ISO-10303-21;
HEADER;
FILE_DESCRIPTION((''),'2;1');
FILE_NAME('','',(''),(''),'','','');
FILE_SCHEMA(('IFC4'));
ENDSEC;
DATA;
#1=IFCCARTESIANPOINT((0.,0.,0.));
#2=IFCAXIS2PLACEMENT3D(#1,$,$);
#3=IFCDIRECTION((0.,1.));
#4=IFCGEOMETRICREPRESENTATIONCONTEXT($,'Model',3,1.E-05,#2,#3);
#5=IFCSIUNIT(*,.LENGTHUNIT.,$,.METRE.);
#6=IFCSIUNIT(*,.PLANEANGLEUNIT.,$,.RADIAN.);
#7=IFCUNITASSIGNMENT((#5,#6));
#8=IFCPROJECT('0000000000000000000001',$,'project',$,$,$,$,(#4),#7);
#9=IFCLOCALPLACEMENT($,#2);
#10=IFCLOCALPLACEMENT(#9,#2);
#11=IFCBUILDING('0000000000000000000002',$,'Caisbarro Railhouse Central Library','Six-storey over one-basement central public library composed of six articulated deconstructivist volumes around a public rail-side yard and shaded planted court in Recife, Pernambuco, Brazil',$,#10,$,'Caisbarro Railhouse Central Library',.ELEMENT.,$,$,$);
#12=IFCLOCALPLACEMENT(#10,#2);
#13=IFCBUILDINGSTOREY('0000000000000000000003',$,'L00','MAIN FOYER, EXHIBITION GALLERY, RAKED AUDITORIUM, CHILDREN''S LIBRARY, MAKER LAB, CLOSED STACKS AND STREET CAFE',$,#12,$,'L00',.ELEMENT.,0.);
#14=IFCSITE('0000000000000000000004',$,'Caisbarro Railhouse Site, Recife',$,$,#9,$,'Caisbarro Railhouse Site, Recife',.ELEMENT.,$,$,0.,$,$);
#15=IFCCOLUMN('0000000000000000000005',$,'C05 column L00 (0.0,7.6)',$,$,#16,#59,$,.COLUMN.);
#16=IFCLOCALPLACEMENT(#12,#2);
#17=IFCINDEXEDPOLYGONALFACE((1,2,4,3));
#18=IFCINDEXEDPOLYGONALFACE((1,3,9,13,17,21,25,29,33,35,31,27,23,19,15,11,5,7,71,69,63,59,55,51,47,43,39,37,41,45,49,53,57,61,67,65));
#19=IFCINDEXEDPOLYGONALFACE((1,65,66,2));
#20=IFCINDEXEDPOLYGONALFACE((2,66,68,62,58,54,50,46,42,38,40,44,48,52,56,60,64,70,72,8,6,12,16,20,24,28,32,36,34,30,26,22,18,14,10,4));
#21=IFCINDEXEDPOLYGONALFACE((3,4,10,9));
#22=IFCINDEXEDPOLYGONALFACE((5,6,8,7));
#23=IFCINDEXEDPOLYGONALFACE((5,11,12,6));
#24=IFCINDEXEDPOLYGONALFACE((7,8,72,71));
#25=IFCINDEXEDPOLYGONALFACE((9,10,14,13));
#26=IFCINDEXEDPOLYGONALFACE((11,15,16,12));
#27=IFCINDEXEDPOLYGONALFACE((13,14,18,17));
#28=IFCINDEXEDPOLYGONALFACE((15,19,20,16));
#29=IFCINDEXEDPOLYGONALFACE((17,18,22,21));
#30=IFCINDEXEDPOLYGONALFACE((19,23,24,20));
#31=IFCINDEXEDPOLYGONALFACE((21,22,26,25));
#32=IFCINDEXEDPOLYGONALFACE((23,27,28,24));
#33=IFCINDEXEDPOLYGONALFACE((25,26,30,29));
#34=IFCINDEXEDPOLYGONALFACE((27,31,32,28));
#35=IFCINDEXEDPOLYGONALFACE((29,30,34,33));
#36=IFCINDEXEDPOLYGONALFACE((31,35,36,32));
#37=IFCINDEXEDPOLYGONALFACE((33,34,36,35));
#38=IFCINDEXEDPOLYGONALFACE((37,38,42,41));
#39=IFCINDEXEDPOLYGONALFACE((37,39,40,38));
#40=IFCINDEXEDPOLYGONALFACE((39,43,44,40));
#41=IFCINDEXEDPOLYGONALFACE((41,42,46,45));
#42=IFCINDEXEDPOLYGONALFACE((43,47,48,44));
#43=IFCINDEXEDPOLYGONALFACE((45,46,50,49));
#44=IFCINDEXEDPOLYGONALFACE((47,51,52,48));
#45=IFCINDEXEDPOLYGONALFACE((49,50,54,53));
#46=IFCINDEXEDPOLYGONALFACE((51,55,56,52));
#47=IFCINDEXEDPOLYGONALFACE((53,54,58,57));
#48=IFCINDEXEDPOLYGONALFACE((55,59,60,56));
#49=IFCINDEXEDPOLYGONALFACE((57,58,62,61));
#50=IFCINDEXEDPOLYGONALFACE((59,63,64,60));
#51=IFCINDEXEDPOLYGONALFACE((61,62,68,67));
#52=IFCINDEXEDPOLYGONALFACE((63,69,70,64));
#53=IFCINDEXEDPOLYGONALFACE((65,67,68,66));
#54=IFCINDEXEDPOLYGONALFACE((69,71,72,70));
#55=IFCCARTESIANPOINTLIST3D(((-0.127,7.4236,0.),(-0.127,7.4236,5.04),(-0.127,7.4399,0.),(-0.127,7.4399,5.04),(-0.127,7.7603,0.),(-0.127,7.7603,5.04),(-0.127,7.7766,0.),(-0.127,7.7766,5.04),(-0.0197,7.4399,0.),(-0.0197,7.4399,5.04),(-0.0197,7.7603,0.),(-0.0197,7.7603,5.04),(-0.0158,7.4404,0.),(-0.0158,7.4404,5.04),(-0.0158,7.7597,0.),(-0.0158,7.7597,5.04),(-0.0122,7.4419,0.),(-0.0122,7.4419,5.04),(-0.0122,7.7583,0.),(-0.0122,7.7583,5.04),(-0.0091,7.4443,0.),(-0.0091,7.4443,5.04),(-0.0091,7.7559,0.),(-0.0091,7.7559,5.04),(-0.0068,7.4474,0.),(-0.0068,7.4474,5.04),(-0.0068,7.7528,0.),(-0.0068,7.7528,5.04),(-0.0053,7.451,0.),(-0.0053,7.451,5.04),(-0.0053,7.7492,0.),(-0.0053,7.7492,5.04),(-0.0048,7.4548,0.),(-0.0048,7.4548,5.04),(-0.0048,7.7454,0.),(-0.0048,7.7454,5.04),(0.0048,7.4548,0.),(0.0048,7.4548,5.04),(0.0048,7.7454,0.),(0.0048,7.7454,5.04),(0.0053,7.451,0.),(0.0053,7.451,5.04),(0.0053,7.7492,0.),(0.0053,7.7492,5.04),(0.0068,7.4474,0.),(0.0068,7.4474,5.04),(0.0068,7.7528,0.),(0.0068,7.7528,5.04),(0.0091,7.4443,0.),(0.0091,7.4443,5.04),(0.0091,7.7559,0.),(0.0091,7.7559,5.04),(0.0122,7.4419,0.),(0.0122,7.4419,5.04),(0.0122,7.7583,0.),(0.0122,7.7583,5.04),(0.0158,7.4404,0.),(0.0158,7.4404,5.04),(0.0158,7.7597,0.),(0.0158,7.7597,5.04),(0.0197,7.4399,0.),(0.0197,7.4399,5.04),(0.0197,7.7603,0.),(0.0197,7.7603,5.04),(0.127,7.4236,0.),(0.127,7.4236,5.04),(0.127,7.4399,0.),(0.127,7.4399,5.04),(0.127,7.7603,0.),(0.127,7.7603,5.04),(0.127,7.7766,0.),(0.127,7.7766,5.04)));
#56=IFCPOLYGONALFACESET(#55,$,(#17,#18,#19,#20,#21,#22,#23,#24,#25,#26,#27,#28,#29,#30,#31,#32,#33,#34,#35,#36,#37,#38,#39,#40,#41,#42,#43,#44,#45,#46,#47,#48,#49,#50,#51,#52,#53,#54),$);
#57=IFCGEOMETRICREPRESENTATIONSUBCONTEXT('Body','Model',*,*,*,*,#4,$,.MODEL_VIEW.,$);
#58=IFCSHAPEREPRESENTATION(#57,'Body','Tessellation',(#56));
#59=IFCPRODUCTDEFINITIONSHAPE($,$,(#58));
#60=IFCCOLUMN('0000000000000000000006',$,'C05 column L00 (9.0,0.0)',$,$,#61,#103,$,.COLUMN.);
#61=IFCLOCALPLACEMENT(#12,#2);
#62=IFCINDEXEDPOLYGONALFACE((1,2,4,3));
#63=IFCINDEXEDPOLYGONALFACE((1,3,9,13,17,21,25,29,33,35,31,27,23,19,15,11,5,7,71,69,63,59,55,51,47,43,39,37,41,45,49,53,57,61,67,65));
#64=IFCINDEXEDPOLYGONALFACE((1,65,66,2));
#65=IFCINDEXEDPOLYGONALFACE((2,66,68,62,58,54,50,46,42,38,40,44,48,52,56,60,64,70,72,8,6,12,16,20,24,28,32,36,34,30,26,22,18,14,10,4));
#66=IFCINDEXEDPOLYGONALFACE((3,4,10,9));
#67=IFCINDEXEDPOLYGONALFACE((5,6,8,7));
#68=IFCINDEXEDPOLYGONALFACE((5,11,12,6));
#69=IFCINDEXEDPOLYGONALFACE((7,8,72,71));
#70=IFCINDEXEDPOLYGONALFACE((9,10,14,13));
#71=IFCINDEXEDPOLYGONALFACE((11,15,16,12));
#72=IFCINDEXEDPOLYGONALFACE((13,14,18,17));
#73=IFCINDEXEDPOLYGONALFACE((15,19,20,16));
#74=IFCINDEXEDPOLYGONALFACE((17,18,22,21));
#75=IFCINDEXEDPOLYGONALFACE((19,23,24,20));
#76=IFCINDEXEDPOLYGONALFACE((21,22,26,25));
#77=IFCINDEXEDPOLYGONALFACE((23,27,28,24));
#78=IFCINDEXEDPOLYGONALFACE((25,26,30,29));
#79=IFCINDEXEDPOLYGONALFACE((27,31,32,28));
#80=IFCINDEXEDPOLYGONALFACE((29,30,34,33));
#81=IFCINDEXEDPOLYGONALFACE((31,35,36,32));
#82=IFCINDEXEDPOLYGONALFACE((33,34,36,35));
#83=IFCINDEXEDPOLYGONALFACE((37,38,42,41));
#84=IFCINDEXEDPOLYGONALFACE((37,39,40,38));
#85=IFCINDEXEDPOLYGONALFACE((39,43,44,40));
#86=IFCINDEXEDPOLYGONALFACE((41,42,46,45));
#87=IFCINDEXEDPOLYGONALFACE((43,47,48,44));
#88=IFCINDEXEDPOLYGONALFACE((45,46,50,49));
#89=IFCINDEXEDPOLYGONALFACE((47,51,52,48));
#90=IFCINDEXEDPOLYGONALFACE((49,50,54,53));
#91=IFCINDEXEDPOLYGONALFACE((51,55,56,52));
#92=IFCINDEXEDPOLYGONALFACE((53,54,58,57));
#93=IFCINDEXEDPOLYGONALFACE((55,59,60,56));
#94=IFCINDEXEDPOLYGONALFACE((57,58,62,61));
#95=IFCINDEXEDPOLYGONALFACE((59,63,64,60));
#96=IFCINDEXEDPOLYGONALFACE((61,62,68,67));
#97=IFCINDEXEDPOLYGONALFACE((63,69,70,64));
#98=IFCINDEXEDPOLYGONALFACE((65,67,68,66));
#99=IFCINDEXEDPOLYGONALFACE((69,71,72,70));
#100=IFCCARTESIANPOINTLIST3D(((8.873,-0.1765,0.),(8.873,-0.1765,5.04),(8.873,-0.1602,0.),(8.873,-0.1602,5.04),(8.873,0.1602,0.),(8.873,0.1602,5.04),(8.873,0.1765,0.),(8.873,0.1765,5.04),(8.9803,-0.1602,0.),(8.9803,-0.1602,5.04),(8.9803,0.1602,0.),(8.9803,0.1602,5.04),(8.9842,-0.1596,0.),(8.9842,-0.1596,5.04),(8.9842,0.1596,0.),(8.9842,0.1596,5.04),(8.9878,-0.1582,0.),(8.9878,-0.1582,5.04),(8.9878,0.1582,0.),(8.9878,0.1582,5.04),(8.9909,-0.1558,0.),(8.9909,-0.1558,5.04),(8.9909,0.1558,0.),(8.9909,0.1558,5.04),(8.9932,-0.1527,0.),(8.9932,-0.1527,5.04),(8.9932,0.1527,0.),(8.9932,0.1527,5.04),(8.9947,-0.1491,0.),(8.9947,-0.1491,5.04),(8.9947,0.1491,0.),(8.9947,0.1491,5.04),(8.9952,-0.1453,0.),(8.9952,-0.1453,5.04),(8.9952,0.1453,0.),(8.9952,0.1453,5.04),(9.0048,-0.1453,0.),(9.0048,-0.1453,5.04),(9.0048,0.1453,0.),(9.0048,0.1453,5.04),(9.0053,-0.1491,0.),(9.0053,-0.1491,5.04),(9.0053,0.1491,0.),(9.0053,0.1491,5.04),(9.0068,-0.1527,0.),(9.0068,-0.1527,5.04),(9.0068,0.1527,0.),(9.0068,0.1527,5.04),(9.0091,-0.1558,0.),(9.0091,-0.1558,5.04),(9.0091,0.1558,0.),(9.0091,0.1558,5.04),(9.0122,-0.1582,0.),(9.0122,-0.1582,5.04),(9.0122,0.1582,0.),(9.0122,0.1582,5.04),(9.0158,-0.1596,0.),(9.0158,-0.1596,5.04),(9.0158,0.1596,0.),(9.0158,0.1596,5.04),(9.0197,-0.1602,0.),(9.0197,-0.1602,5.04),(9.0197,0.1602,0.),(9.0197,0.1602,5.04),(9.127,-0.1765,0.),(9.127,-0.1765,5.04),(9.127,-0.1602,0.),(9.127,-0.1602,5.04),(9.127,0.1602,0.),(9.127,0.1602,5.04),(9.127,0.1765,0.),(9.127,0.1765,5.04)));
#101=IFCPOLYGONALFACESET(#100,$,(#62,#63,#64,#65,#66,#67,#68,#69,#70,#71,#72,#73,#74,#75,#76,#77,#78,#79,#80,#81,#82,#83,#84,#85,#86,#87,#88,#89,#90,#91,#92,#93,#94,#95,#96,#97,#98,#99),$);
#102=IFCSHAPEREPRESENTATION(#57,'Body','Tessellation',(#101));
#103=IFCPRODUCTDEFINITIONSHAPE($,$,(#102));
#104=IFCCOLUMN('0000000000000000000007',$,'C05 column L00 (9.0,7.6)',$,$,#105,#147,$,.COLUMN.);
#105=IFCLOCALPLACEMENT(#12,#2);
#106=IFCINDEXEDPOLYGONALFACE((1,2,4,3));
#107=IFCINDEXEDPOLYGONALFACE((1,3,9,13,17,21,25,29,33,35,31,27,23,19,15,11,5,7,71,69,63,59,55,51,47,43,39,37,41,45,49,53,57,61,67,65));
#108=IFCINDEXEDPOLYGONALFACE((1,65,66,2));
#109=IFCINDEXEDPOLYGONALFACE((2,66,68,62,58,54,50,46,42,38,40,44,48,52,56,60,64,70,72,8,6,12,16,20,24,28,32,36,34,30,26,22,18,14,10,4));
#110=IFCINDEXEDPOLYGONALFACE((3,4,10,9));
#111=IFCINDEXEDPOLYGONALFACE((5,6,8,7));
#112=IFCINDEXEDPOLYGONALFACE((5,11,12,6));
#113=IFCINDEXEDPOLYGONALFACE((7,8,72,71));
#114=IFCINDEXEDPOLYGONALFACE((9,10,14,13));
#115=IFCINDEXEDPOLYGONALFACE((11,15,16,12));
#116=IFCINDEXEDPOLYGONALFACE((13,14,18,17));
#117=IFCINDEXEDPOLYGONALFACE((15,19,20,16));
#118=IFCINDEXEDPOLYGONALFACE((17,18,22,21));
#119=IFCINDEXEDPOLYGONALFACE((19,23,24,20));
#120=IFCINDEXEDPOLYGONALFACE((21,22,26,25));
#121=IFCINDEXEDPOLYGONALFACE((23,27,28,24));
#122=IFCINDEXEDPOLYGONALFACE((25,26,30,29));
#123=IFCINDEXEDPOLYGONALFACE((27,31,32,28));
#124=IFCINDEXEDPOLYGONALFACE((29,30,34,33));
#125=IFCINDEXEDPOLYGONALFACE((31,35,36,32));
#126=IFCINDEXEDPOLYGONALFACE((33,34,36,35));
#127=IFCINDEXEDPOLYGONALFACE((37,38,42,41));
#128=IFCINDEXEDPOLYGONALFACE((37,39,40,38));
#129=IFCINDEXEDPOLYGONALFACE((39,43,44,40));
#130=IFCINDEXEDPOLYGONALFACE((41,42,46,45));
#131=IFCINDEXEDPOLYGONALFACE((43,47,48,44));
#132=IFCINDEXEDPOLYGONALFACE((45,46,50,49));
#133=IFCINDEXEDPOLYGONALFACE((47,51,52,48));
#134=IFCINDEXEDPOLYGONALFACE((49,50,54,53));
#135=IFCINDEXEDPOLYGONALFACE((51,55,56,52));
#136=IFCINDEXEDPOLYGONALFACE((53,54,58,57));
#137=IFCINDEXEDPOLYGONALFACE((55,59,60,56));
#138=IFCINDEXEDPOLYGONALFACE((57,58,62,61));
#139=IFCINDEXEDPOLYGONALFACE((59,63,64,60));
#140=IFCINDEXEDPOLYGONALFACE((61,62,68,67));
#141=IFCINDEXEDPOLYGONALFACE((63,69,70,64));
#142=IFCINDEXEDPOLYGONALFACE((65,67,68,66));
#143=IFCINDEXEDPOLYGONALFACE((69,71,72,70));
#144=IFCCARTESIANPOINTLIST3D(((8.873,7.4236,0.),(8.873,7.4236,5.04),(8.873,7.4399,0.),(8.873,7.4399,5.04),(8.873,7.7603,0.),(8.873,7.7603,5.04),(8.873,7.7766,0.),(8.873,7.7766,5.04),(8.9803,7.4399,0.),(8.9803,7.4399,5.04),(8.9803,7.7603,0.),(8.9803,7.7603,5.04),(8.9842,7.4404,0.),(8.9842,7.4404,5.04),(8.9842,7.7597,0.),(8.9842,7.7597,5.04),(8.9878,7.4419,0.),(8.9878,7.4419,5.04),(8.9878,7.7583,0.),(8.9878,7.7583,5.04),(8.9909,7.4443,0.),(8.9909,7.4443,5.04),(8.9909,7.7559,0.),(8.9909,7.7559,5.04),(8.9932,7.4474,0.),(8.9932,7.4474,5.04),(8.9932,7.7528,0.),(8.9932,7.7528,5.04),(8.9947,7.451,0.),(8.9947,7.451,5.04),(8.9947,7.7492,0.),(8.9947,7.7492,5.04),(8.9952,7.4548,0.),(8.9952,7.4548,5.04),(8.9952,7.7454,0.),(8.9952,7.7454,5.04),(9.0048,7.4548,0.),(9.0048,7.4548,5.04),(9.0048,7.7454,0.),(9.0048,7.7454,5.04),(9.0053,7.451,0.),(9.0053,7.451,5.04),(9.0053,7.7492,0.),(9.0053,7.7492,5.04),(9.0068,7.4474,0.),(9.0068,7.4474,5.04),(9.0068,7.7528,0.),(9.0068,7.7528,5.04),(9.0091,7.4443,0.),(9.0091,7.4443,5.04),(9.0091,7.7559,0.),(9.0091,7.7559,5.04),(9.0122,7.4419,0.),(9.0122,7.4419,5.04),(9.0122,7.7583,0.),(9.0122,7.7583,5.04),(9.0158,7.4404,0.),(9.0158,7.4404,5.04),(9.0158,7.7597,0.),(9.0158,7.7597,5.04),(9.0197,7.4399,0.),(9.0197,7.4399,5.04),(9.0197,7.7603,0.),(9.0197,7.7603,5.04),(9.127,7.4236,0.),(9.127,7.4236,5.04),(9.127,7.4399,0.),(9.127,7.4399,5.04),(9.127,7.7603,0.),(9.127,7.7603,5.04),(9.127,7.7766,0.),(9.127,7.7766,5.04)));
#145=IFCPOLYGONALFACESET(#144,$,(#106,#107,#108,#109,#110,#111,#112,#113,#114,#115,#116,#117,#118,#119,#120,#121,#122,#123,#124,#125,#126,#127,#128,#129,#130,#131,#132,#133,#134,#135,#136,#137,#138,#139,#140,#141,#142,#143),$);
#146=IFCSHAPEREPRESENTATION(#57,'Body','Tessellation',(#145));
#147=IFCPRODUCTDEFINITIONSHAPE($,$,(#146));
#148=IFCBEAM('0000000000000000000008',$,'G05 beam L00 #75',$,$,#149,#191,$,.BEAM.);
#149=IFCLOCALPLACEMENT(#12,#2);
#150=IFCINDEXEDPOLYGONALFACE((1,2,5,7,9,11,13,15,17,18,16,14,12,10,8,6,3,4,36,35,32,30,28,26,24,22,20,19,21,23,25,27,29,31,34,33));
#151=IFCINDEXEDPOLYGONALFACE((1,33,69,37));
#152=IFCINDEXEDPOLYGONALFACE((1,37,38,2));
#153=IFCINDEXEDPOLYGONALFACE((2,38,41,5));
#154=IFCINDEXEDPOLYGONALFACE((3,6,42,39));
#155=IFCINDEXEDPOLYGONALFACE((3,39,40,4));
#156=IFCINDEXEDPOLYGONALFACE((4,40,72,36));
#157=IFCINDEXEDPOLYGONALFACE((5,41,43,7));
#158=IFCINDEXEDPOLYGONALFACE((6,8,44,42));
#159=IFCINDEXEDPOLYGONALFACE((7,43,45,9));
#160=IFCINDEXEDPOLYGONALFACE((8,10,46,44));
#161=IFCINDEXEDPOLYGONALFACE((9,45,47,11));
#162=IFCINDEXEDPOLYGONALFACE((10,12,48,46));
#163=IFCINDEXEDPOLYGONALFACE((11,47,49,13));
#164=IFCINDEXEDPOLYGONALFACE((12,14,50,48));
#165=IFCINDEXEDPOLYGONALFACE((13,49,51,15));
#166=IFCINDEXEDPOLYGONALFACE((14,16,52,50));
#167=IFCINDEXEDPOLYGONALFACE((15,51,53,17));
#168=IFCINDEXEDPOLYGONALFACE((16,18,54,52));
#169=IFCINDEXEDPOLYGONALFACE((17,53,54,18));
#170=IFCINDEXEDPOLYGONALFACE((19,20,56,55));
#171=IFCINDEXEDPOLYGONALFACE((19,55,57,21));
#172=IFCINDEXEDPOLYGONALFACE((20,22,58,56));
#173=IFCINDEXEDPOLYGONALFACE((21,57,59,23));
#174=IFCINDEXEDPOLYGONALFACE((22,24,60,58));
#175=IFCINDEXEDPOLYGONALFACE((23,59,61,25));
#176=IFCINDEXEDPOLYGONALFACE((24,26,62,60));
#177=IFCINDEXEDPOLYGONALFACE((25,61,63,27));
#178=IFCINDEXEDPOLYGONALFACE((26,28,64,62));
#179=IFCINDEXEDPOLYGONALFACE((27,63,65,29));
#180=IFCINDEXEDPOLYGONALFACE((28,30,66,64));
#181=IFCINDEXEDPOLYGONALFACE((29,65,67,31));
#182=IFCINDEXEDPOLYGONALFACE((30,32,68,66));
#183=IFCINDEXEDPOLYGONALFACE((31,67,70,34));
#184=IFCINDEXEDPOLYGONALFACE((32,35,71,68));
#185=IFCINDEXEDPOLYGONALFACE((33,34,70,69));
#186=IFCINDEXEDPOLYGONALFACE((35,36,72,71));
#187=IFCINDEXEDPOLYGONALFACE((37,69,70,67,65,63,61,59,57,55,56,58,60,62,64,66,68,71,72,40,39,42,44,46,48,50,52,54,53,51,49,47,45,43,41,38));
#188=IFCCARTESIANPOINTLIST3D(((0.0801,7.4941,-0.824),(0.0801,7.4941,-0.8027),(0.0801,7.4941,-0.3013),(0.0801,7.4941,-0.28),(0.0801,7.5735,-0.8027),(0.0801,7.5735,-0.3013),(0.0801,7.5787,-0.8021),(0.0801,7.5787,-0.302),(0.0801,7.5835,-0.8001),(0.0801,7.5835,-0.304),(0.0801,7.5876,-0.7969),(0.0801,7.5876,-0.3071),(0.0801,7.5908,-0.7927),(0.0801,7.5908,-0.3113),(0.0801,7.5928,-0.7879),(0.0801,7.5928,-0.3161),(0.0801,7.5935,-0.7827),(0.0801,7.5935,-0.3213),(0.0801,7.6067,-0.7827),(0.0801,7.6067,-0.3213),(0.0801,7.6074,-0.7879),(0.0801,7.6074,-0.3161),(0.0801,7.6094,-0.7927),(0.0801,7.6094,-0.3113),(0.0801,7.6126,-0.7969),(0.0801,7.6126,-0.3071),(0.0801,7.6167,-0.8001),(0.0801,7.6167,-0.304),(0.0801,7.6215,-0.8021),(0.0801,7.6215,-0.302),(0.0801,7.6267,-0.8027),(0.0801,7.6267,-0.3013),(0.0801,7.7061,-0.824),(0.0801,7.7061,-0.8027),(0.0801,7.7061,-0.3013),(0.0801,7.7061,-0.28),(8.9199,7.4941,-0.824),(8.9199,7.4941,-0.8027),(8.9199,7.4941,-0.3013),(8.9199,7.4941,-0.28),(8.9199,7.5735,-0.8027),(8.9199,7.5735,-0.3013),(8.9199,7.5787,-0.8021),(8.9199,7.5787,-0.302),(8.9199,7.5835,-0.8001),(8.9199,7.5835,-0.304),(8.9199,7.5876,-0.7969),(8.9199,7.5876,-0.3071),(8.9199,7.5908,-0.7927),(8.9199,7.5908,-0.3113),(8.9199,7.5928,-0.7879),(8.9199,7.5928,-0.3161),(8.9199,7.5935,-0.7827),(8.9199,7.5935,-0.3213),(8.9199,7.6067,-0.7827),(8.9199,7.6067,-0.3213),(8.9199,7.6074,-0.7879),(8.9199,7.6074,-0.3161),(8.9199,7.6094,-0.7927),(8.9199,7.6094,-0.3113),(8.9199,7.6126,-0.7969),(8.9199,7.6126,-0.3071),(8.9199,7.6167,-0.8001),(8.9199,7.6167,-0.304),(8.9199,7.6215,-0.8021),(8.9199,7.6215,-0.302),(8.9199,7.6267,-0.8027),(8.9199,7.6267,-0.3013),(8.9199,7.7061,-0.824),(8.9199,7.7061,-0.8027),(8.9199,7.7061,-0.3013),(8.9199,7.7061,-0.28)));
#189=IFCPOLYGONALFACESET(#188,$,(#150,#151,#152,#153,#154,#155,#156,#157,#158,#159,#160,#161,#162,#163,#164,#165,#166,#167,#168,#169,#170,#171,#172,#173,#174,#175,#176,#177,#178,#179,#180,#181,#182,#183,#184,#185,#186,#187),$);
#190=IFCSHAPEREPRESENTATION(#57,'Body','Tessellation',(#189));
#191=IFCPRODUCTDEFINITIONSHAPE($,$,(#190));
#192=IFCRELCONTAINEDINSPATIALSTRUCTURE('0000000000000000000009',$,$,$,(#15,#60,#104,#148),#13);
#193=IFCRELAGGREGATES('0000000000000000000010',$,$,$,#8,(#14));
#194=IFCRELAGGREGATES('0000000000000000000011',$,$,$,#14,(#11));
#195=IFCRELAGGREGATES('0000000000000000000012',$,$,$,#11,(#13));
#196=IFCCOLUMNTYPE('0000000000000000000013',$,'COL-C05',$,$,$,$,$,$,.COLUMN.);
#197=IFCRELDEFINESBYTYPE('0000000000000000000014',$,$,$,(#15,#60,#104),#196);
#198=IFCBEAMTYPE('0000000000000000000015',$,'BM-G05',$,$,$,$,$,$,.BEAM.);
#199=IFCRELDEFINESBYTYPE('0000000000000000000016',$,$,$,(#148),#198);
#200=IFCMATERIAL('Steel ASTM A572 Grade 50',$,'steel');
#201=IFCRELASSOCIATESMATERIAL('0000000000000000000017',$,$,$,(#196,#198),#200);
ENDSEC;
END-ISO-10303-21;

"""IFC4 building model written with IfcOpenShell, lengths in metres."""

from ifc_helpers import new_model, si_unit, direction, frame, origin, origin_2d, place, context, subcontext, project, spatial, i_section, extrude, material, material_profile, profile_set, type_object, element, save


model = new_model("IFC4")

# Units and contexts
model_context = context("Model", 3, precision=1e-05, world=origin(), true_north=direction((0.0, 1.0)))
body_context = subcontext(model_context, "Body", "Model", "MODEL_VIEW")
ifc_project = project(units=[si_unit("LENGTHUNIT", "METRE"), si_unit("PLANEANGLEUNIT", "RADIAN")], contexts=[model_context])

# Site, building, storey
site_placement = place(None, origin())
site = spatial("IfcSite", under=ifc_project, at=site_placement, Name="Caisbarro Railhouse Site, Recife", LongName="Caisbarro Railhouse Site, Recife", CompositionType="ELEMENT", RefElevation=0.0)
building_placement = place(site_placement, origin())
building = spatial("IfcBuilding", under=site, at=building_placement, Name="Caisbarro Railhouse Central Library", Description="Six-storey over one-basement central public library composed of six articulated deconstructivist volumes around a public rail-side yard and shaded planted court in Recife, Pernambuco, Brazil", LongName="Caisbarro Railhouse Central Library", CompositionType="ELEMENT")
storey_placement = place(building_placement, origin())
storey = spatial("IfcBuildingStorey", under=building, at=storey_placement, Name="L00", Description="MAIN FOYER, EXHIBITION GALLERY, RAKED AUDITORIUM, CHILDREN'S LIBRARY, MAKER LAB, CLOSED STACKS AND STREET CAFE", LongName="L00", CompositionType="ELEMENT", Elevation=0.0)

# Columns
ifc_material_1 = material(Name="Steel ASTM A572 Grade 50", Category="steel")
ifc_material_profile_1 = material_profile(ifc_material_1, i_section(OverallWidth=0.2539, OverallDepth=0.353, WebThickness=0.0095, FlangeThickness=0.0164, FilletRadius=0.0149, at=origin_2d()), Name="W360X91.0")
ifc_profile_set_1 = profile_set([ifc_material_profile_1], Name="Steel ASTM A572 Grade 50")
column_type = type_object("IfcColumnType", Name="COL-C05", PredefinedType="COLUMN", material=ifc_profile_set_1)
for number, where, z_axis, x_axis, name in (
    (1, (0.0, 7.6001, 0.0), (0.0, 0.0, 1.0), (1.0, 0.0, 0.0), "C05 column L00 (0.0,7.6)"),
    (2, (9.0, 0.0, 0.0), (0.0, 0.0, 1.0), (1.0, 0.0, 0.0), "C05 column L00 (9.0,0.0)"),
    (3, (9.0, 7.6001, 0.0), (0.0, 0.0, 1.0), (1.0, 0.0, 0.0), "C05 column L00 (9.0,7.6)"),
):
    element("IfcColumn", number, at=place(storey_placement, frame(where, z_axis=z_axis, x_axis=x_axis)), inside=storey, type_object=column_type, Name=name, PredefinedType="COLUMN", context=body_context, shape_type="SweptSolid", body=[
        extrude(i_section(OverallWidth=0.2539, OverallDepth=0.353, WebThickness=0.0095, FlangeThickness=0.0164, FilletRadius=0.0149, at=origin_2d()), origin(), (0.0, 0.0, 1.0), 5.04),
    ])

# Beam
ifc_material_profile_2 = material_profile(ifc_material_1, i_section(OverallWidth=0.2119, OverallDepth=0.5439, WebThickness=0.0132, FlangeThickness=0.0212, FilletRadius=0.02, at=origin_2d()), Name="W530X123.0")
ifc_profile_set_2 = profile_set([ifc_material_profile_2], Name="Steel ASTM A572 Grade 50")
beam_type_1 = type_object("IfcBeamType", Name="BM-G05", PredefinedType="BEAM", material=ifc_profile_set_2)
for number, where, z_axis, x_axis, name in (
    (4, (0.0801, 7.6001, -0.552), (1.0, 0.0, 0.0), (0.0, 1.0, 0.0), "G05 beam L00 #75"),
):
    element("IfcBeam", number, at=place(storey_placement, frame(where, z_axis=z_axis, x_axis=x_axis)), inside=storey, type_object=beam_type_1, Name=name, PredefinedType="BEAM", context=body_context, shape_type="SweptSolid", body=[
        extrude(i_section(OverallWidth=0.2119, OverallDepth=0.5439, WebThickness=0.0132, FlangeThickness=0.0212, FilletRadius=0.02, at=origin_2d()), origin(), (0.0, 0.0, 1.0), 8.8398),
    ])

save(model, "model.ifc")
